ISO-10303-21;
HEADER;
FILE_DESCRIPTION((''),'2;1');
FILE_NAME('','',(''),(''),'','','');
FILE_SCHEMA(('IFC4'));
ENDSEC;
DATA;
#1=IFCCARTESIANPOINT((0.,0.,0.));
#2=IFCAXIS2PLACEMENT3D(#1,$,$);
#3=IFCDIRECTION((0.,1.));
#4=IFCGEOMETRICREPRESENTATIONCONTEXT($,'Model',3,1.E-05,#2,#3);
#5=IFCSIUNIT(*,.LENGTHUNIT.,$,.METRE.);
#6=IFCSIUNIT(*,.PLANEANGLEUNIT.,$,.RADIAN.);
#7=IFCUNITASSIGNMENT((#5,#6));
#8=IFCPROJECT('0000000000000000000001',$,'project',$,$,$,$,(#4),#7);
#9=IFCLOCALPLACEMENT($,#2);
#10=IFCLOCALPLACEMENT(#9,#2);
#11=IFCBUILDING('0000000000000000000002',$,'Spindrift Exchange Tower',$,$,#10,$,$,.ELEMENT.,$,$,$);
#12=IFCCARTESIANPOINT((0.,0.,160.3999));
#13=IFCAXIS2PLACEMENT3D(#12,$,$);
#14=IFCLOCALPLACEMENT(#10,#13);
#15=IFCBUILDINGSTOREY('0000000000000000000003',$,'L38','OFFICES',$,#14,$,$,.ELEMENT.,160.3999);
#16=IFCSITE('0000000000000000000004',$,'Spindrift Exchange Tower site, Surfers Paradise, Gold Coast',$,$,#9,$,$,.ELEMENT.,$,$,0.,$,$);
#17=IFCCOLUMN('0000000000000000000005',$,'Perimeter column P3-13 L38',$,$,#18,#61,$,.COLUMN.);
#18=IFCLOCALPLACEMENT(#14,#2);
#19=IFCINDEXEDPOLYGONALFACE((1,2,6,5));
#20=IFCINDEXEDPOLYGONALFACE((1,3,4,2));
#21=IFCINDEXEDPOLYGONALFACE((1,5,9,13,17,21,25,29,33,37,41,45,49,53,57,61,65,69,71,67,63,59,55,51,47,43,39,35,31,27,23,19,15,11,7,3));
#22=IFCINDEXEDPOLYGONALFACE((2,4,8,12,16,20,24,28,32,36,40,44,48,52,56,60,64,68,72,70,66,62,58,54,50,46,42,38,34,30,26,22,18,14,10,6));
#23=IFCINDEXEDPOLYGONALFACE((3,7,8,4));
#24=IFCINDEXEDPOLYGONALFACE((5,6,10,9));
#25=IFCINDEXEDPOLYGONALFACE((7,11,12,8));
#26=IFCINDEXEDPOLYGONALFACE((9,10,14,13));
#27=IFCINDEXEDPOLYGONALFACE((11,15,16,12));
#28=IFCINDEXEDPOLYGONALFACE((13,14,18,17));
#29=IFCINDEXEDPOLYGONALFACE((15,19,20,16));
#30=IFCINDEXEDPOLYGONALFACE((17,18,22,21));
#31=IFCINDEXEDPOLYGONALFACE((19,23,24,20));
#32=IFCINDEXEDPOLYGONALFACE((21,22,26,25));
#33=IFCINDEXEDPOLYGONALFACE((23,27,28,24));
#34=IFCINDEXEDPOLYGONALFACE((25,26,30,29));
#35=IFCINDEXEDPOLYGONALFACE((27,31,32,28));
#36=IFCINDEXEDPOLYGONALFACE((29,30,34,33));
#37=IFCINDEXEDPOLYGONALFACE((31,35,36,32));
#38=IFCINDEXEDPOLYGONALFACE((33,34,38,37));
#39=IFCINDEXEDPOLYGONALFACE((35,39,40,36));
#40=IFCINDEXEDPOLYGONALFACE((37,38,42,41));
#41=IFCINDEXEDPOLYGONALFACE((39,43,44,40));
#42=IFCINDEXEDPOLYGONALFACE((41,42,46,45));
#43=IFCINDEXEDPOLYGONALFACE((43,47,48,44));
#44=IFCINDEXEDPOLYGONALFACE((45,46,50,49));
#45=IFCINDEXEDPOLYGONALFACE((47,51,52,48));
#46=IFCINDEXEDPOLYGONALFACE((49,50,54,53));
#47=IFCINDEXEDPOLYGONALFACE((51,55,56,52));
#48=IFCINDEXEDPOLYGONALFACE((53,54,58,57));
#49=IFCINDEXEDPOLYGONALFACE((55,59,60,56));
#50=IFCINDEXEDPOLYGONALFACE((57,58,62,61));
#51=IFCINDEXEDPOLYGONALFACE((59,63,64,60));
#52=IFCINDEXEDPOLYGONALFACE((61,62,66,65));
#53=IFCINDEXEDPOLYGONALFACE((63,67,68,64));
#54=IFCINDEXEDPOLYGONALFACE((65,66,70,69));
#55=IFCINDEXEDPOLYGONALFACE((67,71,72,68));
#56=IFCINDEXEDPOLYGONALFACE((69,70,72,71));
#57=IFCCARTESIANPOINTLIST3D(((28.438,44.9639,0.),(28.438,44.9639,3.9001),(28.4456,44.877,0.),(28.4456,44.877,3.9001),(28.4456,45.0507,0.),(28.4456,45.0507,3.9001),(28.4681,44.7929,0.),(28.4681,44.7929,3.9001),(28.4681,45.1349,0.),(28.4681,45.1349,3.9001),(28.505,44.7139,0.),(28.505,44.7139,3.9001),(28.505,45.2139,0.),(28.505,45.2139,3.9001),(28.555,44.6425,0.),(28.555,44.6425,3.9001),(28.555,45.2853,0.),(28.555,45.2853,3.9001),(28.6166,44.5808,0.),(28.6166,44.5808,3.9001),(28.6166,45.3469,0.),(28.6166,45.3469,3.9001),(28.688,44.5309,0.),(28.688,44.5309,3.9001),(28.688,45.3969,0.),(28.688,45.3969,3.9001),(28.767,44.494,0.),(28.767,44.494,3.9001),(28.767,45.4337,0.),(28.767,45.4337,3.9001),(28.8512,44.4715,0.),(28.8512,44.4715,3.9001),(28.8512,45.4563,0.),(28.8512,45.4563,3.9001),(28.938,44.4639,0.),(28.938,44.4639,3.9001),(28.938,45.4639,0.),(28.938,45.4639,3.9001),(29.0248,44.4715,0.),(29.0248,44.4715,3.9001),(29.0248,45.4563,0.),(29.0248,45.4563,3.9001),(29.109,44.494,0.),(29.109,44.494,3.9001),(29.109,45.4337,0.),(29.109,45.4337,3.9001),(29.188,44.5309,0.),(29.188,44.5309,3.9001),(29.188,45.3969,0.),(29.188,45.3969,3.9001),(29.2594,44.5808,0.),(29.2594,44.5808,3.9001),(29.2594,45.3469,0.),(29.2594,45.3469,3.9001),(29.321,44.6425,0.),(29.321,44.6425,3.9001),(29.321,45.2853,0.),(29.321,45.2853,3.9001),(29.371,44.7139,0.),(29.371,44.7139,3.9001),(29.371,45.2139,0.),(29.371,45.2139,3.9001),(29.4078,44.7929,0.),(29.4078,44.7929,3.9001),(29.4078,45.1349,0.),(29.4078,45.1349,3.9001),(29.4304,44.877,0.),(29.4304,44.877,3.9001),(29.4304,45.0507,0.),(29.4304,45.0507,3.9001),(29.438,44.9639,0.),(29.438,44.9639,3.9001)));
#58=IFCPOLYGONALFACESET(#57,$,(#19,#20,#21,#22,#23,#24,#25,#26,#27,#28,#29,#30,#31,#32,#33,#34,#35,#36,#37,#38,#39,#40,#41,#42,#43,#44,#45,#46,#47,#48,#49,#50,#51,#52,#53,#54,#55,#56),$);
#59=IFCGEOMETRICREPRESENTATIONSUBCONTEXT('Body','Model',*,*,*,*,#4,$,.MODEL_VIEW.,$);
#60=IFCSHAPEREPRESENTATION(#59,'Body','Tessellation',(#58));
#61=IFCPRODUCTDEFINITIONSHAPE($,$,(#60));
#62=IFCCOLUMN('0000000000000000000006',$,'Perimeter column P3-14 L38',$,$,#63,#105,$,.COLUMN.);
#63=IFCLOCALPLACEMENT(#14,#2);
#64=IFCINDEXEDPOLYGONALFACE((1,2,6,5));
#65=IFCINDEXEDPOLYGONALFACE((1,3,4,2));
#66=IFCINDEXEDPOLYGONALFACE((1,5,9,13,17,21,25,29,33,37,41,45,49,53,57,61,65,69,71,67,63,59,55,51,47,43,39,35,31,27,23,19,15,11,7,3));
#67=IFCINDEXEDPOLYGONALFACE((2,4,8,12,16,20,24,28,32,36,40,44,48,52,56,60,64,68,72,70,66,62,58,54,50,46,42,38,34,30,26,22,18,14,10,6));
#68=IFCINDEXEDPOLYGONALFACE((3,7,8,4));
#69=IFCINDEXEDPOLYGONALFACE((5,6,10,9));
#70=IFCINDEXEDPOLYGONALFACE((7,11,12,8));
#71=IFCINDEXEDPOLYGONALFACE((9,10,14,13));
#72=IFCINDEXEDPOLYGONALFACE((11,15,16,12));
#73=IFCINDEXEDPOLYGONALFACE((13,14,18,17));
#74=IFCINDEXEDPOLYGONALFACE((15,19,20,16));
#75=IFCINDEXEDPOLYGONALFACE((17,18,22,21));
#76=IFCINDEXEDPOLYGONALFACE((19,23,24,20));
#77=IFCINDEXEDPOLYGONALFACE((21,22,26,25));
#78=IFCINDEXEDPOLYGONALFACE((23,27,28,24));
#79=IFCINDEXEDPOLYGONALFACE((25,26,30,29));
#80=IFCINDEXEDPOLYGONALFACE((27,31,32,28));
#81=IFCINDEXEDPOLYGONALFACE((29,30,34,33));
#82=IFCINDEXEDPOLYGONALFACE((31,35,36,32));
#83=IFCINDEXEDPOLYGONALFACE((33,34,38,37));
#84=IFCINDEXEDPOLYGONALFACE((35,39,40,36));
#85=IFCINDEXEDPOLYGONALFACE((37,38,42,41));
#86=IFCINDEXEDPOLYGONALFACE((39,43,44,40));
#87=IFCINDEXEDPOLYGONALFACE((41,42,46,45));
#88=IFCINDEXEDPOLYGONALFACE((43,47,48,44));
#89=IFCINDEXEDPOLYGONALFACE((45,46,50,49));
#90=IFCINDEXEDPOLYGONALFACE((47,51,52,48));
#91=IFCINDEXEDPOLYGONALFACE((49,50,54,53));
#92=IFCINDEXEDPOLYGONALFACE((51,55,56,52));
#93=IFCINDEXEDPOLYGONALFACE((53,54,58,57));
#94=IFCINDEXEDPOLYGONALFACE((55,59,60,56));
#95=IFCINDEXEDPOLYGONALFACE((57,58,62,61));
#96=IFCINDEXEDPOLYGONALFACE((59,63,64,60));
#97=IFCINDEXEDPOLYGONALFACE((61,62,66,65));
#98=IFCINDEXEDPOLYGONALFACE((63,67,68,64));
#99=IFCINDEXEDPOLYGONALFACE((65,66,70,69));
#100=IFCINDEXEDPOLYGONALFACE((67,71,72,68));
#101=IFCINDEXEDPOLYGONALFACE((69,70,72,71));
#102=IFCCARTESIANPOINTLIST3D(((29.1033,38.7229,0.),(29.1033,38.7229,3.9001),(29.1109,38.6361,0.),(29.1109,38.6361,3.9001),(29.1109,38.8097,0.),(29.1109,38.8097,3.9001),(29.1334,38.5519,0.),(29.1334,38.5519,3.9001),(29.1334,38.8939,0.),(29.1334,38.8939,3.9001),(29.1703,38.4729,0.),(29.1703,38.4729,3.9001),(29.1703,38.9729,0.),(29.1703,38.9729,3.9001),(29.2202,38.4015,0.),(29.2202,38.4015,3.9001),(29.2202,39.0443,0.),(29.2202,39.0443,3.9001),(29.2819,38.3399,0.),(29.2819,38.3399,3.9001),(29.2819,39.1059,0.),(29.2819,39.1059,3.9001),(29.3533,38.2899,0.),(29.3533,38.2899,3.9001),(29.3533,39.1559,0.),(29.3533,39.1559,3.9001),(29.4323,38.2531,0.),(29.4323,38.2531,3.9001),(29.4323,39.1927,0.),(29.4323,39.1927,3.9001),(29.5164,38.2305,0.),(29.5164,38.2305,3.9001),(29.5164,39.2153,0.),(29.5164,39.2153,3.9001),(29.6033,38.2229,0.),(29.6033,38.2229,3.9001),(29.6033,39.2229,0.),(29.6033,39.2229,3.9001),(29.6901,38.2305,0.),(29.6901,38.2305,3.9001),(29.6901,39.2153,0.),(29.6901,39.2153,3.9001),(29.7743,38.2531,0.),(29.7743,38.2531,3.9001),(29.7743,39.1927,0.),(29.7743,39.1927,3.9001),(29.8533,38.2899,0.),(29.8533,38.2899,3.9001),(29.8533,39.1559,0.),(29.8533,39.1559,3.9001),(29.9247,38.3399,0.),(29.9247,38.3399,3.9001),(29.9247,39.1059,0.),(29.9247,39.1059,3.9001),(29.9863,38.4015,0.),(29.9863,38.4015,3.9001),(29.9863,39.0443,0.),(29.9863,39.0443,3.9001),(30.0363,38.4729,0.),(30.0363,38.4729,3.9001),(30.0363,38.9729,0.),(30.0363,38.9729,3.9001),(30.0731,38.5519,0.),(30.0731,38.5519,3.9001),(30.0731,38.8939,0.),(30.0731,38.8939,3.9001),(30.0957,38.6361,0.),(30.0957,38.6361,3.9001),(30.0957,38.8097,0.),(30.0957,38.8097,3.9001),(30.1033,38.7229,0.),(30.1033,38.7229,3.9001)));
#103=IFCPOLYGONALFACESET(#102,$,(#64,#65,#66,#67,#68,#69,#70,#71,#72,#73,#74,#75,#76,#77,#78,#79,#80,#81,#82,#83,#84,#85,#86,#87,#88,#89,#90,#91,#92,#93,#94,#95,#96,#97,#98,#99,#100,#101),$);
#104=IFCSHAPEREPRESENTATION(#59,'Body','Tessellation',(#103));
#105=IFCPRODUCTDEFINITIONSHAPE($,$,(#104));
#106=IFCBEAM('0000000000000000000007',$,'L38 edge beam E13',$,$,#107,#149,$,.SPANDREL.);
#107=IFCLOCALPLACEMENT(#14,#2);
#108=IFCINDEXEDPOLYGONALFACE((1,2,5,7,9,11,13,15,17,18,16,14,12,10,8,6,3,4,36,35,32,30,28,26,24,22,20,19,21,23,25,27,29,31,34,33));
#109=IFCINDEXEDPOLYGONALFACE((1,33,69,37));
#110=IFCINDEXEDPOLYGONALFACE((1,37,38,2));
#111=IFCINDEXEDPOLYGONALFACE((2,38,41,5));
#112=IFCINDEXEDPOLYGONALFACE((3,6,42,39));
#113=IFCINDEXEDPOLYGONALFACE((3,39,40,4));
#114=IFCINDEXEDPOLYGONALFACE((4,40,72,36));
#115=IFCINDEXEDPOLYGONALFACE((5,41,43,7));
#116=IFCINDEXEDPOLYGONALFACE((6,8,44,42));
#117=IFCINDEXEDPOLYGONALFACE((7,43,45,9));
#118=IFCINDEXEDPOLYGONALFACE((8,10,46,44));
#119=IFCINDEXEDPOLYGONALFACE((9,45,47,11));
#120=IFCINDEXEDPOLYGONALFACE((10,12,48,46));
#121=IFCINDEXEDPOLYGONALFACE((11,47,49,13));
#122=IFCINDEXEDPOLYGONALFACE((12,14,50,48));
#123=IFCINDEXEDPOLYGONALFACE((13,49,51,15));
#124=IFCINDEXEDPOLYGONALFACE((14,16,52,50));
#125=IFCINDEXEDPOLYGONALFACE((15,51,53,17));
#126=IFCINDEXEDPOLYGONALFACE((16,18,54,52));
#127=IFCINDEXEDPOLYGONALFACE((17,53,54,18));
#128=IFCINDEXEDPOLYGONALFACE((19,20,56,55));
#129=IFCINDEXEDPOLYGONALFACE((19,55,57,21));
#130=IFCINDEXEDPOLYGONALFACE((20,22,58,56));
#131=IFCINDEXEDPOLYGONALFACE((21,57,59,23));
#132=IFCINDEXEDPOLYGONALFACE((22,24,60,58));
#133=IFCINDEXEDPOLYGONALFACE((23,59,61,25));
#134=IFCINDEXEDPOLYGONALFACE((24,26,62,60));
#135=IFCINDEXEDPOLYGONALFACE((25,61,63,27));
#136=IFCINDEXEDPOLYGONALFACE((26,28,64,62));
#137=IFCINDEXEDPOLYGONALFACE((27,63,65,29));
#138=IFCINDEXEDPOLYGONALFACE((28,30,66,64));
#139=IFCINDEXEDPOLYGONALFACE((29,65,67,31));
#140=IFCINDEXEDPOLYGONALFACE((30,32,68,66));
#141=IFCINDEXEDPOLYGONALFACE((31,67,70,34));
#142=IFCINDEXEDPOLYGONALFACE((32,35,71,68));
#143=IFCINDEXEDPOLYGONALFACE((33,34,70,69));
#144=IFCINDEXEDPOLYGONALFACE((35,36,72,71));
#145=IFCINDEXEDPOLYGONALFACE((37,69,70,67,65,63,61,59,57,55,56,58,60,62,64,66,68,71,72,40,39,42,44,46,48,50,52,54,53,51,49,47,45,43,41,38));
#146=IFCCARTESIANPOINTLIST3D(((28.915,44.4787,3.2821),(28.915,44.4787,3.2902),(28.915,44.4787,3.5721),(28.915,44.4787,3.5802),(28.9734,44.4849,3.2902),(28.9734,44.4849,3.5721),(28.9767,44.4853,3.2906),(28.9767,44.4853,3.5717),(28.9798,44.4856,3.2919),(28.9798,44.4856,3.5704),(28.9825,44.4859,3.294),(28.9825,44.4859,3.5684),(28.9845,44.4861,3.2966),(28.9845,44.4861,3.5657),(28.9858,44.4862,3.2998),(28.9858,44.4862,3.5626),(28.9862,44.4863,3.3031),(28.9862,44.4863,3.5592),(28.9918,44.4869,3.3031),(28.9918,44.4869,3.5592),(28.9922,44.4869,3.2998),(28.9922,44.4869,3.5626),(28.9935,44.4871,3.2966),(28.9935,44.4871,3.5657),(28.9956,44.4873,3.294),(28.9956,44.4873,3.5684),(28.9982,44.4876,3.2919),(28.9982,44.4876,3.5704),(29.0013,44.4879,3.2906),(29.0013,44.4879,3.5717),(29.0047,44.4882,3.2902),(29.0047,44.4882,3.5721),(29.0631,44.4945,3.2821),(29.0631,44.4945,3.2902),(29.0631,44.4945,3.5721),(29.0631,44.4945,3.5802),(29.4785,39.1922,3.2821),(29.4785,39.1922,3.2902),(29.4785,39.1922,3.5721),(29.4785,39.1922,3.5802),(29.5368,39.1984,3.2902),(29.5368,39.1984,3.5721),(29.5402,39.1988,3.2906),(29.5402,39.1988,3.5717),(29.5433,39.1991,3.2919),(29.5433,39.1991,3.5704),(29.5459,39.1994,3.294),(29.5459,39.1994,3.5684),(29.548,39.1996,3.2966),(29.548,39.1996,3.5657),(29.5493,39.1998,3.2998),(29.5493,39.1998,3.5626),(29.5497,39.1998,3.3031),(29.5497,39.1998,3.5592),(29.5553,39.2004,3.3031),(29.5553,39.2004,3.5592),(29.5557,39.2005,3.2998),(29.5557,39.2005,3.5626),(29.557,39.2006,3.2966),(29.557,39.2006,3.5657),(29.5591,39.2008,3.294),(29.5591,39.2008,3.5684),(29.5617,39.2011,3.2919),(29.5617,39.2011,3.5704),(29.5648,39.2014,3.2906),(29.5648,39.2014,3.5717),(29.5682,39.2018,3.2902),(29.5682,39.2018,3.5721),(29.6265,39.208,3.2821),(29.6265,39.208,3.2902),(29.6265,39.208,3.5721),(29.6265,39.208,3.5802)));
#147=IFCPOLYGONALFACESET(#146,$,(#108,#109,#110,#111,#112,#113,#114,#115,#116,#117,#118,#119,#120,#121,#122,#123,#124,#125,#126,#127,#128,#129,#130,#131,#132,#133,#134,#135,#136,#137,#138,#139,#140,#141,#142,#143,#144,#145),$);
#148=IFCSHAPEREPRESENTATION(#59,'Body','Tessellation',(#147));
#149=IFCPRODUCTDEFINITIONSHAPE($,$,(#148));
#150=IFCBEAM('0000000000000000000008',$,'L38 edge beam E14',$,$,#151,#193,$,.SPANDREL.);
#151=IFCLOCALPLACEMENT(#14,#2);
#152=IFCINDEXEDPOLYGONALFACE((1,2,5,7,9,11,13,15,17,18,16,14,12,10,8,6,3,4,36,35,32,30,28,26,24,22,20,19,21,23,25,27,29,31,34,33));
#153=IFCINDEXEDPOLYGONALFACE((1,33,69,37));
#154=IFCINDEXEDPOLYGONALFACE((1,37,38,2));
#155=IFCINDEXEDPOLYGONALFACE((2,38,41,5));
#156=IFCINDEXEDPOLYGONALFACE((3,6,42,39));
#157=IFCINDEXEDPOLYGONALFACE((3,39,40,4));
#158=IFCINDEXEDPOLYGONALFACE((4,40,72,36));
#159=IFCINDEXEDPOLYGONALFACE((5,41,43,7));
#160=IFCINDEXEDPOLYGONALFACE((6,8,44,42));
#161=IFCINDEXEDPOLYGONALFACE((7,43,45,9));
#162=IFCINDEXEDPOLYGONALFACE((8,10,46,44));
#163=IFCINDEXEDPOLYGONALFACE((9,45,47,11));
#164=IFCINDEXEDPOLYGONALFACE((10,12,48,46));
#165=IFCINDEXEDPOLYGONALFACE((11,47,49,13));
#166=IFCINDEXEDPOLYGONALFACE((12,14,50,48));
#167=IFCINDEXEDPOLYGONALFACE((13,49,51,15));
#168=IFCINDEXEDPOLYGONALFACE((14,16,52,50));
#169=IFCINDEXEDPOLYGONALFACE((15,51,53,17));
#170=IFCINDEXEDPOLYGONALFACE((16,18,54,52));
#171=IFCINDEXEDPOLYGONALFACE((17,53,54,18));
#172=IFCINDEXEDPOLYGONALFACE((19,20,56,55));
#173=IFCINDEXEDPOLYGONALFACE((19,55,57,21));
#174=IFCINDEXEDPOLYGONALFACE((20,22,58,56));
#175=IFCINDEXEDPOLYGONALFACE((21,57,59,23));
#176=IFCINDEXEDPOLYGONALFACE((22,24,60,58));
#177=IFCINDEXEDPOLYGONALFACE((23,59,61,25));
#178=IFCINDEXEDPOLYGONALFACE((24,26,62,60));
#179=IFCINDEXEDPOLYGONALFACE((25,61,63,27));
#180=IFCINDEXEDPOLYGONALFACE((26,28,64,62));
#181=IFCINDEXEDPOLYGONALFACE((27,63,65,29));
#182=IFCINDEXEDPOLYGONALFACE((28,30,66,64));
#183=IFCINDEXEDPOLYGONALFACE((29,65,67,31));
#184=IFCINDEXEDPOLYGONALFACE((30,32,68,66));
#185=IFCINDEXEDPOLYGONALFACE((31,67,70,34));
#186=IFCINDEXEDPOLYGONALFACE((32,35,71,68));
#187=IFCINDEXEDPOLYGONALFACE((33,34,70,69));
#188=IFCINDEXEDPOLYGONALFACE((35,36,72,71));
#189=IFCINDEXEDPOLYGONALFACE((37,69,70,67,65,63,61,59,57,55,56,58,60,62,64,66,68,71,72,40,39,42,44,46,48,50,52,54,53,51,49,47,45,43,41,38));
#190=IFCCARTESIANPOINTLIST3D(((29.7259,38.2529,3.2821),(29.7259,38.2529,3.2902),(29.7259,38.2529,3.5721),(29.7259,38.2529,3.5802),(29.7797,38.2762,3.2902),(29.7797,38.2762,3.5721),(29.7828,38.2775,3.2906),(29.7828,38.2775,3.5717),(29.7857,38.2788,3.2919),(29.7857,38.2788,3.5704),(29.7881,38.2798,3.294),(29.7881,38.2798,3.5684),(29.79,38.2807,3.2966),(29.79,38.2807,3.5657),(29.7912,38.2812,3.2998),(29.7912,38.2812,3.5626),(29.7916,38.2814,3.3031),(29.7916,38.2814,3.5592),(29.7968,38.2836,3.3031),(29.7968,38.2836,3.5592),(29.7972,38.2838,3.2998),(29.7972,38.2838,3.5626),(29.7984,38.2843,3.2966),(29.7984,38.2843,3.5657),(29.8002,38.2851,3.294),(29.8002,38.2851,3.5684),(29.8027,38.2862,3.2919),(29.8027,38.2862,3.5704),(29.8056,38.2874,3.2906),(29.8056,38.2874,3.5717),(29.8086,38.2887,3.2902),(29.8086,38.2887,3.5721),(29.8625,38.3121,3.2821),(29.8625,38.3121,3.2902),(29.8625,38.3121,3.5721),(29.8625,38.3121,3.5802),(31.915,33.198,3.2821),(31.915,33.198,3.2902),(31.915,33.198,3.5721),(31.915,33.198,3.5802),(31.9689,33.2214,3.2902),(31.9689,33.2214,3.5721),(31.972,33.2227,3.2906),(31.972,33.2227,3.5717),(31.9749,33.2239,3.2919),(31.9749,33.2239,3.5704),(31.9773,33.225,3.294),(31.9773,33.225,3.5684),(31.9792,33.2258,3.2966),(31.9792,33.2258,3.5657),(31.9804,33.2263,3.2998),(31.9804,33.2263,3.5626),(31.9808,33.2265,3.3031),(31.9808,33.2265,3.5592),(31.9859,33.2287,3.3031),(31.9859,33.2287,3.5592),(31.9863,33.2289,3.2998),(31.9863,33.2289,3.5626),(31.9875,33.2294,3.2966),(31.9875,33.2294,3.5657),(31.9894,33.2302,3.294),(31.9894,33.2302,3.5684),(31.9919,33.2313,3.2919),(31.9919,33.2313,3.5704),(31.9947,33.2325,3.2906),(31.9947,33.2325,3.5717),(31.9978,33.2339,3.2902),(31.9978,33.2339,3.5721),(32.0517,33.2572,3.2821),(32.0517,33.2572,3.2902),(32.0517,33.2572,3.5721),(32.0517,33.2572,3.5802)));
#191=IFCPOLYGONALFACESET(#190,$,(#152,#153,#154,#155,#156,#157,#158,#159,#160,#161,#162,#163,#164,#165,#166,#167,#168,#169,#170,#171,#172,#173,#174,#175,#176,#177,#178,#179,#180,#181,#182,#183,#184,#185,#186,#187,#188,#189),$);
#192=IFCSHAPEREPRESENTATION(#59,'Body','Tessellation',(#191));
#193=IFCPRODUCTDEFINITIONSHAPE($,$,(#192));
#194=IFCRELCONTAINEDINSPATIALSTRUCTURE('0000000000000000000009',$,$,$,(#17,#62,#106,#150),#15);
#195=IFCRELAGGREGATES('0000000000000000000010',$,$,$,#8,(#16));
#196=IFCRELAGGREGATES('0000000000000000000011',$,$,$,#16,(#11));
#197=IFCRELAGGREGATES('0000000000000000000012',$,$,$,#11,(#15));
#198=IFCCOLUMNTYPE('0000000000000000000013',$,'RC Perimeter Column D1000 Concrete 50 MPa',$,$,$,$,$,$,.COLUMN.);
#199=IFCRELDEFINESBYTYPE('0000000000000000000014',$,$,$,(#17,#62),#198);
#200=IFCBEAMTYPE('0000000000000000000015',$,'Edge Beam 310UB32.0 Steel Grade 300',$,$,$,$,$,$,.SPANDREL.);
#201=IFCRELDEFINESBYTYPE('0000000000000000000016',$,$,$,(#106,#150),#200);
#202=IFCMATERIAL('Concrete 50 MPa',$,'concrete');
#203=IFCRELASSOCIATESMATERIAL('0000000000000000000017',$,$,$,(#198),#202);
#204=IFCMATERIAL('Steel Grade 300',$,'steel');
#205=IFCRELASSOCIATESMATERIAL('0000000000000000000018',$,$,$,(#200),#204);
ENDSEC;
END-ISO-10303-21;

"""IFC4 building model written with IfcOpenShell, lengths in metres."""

from ifc_helpers import new_model, si_unit, direction, frame, origin, origin_2d, place, context, subcontext, project, spatial, circle, i_section, extrude, source, transform, mapped, material, material_profile, profile_set, type_object, element, save


model = new_model("IFC4")

# Units and contexts
model_context = context("Model", 3, precision=1e-05, world=origin(), true_north=direction((0.0, 1.0)))
body_context = subcontext(model_context, "Body", "Model", "MODEL_VIEW")
ifc_project = project(units=[si_unit("LENGTHUNIT", "METRE"), si_unit("PLANEANGLEUNIT", "RADIAN")], contexts=[model_context])

# Site, building, storey
site_placement = place(None, origin())
site = spatial("IfcSite", under=ifc_project, at=site_placement, Name="Spindrift Exchange Tower site, Surfers Paradise, Gold Coast", CompositionType="ELEMENT", RefElevation=0.0)
building_placement = place(site_placement, origin())
building = spatial("IfcBuilding", under=site, at=building_placement, Name="Spindrift Exchange Tower", CompositionType="ELEMENT")
storey_placement = place(building_placement, frame((0.0, 0.0, 160.3999)))
storey = spatial("IfcBuildingStorey", under=building, at=storey_placement, Name="L38", Description="OFFICES", CompositionType="ELEMENT", Elevation=160.3999)

# Columns
ifc_material_1 = material(Name="Concrete 50 MPa", Category="concrete")
ifc_material_profile_1 = material_profile(ifc_material_1, circle(Radius=0.5, at=origin_2d()), Name="RC D1000")
ifc_profile_set_1 = profile_set([ifc_material_profile_1], Name="Concrete 50 MPa")
column_type = type_object("IfcColumnType", Name="RC Perimeter Column D1000 Concrete 50 MPa", PredefinedType="COLUMN", material=ifc_profile_set_1)
shared_shape_1 = source(origin(), body_context, "Body", "SweptSolid", [
    extrude(circle(Radius=0.5, at=origin_2d()), origin(), (0.0, 0.0, 1.0), 3.9001),
])
for number, where, z_axis, x_axis, name in (
    (1, (28.938, 44.9639, 0.0), (0.0, 0.0, 1.0), (1.0, 0.0, 0.0), "Perimeter column P3-13 L38"),
    (2, (29.6033, 38.7229, 0.0), (0.0, 0.0, 1.0), (1.0, 0.0, 0.0), "Perimeter column P3-14 L38"),
):
    element("IfcColumn", number, at=place(storey_placement, frame(where, z_axis=z_axis, x_axis=x_axis)), inside=storey, type_object=column_type, Name=name, PredefinedType="COLUMN", context=body_context, shape_type="MappedRepresentation", body=[
        mapped(shared_shape_1, transform((0.0, 0.0, 0.0), scale=1.0)),
    ])

# Beams
ifc_material_2 = material(Name="Steel Grade 300", Category="steel")
ifc_material_profile_2 = material_profile(ifc_material_2, i_section(OverallWidth=0.1489, OverallDepth=0.2981, WebThickness=0.0056, FlangeThickness=0.0081, FilletRadius=0.0129, at=origin_2d()), Name="310UB32.0")
ifc_profile_set_2 = profile_set([ifc_material_profile_2], Name="Steel Grade 300")
beam_type_1 = type_object("IfcBeamType", Name="Edge Beam 310UB32.0 Steel Grade 300", PredefinedType="SPANDREL", material=ifc_profile_set_2)
shared_shape_2 = source(origin(), body_context, "Body", "SweptSolid", [
    extrude(i_section(OverallWidth=0.1489, OverallDepth=0.2981, WebThickness=0.0056, FlangeThickness=0.0081, FilletRadius=0.0129, at=origin_2d()), origin(), (0.0, 0.0, 1.0), 5.3164),
])
beam_1_placement = place(storey_placement, frame((28.989, 44.4866, 3.4312), z_axis=(0.10599, -0.994367, 0.0), x_axis=(0.994367, 0.10599, 0.0)))
element("IfcBeam", 3, at=beam_1_placement, inside=storey, type_object=beam_type_1, Name="L38 edge beam E13", PredefinedType="SPANDREL", context=body_context, shape_type="MappedRepresentation", body=[
    mapped(shared_shape_2, transform((0.0, 0.0, 0.0), scale=1.0)),
])
shared_shape_3 = source(origin(), body_context, "Body", "SweptSolid", [
    extrude(i_section(OverallWidth=0.1489, OverallDepth=0.2981, WebThickness=0.0056, FlangeThickness=0.0081, FilletRadius=0.0129, at=origin_2d()), origin(), (0.0, 0.0, 1.0), 5.5085),
])
beam_2_placement = place(storey_placement, frame((29.7942, 38.2825, 3.4312), z_axis=(0.397415, -0.917639, 0.0), x_axis=(0.917639, 0.397415, 0.0)))
element("IfcBeam", 4, at=beam_2_placement, inside=storey, type_object=beam_type_1, Name="L38 edge beam E14", PredefinedType="SPANDREL", context=body_context, shape_type="MappedRepresentation", body=[
    mapped(shared_shape_3, transform((0.0, 0.0, 0.0), scale=1.0)),
])

save(model, "model.ifc")
